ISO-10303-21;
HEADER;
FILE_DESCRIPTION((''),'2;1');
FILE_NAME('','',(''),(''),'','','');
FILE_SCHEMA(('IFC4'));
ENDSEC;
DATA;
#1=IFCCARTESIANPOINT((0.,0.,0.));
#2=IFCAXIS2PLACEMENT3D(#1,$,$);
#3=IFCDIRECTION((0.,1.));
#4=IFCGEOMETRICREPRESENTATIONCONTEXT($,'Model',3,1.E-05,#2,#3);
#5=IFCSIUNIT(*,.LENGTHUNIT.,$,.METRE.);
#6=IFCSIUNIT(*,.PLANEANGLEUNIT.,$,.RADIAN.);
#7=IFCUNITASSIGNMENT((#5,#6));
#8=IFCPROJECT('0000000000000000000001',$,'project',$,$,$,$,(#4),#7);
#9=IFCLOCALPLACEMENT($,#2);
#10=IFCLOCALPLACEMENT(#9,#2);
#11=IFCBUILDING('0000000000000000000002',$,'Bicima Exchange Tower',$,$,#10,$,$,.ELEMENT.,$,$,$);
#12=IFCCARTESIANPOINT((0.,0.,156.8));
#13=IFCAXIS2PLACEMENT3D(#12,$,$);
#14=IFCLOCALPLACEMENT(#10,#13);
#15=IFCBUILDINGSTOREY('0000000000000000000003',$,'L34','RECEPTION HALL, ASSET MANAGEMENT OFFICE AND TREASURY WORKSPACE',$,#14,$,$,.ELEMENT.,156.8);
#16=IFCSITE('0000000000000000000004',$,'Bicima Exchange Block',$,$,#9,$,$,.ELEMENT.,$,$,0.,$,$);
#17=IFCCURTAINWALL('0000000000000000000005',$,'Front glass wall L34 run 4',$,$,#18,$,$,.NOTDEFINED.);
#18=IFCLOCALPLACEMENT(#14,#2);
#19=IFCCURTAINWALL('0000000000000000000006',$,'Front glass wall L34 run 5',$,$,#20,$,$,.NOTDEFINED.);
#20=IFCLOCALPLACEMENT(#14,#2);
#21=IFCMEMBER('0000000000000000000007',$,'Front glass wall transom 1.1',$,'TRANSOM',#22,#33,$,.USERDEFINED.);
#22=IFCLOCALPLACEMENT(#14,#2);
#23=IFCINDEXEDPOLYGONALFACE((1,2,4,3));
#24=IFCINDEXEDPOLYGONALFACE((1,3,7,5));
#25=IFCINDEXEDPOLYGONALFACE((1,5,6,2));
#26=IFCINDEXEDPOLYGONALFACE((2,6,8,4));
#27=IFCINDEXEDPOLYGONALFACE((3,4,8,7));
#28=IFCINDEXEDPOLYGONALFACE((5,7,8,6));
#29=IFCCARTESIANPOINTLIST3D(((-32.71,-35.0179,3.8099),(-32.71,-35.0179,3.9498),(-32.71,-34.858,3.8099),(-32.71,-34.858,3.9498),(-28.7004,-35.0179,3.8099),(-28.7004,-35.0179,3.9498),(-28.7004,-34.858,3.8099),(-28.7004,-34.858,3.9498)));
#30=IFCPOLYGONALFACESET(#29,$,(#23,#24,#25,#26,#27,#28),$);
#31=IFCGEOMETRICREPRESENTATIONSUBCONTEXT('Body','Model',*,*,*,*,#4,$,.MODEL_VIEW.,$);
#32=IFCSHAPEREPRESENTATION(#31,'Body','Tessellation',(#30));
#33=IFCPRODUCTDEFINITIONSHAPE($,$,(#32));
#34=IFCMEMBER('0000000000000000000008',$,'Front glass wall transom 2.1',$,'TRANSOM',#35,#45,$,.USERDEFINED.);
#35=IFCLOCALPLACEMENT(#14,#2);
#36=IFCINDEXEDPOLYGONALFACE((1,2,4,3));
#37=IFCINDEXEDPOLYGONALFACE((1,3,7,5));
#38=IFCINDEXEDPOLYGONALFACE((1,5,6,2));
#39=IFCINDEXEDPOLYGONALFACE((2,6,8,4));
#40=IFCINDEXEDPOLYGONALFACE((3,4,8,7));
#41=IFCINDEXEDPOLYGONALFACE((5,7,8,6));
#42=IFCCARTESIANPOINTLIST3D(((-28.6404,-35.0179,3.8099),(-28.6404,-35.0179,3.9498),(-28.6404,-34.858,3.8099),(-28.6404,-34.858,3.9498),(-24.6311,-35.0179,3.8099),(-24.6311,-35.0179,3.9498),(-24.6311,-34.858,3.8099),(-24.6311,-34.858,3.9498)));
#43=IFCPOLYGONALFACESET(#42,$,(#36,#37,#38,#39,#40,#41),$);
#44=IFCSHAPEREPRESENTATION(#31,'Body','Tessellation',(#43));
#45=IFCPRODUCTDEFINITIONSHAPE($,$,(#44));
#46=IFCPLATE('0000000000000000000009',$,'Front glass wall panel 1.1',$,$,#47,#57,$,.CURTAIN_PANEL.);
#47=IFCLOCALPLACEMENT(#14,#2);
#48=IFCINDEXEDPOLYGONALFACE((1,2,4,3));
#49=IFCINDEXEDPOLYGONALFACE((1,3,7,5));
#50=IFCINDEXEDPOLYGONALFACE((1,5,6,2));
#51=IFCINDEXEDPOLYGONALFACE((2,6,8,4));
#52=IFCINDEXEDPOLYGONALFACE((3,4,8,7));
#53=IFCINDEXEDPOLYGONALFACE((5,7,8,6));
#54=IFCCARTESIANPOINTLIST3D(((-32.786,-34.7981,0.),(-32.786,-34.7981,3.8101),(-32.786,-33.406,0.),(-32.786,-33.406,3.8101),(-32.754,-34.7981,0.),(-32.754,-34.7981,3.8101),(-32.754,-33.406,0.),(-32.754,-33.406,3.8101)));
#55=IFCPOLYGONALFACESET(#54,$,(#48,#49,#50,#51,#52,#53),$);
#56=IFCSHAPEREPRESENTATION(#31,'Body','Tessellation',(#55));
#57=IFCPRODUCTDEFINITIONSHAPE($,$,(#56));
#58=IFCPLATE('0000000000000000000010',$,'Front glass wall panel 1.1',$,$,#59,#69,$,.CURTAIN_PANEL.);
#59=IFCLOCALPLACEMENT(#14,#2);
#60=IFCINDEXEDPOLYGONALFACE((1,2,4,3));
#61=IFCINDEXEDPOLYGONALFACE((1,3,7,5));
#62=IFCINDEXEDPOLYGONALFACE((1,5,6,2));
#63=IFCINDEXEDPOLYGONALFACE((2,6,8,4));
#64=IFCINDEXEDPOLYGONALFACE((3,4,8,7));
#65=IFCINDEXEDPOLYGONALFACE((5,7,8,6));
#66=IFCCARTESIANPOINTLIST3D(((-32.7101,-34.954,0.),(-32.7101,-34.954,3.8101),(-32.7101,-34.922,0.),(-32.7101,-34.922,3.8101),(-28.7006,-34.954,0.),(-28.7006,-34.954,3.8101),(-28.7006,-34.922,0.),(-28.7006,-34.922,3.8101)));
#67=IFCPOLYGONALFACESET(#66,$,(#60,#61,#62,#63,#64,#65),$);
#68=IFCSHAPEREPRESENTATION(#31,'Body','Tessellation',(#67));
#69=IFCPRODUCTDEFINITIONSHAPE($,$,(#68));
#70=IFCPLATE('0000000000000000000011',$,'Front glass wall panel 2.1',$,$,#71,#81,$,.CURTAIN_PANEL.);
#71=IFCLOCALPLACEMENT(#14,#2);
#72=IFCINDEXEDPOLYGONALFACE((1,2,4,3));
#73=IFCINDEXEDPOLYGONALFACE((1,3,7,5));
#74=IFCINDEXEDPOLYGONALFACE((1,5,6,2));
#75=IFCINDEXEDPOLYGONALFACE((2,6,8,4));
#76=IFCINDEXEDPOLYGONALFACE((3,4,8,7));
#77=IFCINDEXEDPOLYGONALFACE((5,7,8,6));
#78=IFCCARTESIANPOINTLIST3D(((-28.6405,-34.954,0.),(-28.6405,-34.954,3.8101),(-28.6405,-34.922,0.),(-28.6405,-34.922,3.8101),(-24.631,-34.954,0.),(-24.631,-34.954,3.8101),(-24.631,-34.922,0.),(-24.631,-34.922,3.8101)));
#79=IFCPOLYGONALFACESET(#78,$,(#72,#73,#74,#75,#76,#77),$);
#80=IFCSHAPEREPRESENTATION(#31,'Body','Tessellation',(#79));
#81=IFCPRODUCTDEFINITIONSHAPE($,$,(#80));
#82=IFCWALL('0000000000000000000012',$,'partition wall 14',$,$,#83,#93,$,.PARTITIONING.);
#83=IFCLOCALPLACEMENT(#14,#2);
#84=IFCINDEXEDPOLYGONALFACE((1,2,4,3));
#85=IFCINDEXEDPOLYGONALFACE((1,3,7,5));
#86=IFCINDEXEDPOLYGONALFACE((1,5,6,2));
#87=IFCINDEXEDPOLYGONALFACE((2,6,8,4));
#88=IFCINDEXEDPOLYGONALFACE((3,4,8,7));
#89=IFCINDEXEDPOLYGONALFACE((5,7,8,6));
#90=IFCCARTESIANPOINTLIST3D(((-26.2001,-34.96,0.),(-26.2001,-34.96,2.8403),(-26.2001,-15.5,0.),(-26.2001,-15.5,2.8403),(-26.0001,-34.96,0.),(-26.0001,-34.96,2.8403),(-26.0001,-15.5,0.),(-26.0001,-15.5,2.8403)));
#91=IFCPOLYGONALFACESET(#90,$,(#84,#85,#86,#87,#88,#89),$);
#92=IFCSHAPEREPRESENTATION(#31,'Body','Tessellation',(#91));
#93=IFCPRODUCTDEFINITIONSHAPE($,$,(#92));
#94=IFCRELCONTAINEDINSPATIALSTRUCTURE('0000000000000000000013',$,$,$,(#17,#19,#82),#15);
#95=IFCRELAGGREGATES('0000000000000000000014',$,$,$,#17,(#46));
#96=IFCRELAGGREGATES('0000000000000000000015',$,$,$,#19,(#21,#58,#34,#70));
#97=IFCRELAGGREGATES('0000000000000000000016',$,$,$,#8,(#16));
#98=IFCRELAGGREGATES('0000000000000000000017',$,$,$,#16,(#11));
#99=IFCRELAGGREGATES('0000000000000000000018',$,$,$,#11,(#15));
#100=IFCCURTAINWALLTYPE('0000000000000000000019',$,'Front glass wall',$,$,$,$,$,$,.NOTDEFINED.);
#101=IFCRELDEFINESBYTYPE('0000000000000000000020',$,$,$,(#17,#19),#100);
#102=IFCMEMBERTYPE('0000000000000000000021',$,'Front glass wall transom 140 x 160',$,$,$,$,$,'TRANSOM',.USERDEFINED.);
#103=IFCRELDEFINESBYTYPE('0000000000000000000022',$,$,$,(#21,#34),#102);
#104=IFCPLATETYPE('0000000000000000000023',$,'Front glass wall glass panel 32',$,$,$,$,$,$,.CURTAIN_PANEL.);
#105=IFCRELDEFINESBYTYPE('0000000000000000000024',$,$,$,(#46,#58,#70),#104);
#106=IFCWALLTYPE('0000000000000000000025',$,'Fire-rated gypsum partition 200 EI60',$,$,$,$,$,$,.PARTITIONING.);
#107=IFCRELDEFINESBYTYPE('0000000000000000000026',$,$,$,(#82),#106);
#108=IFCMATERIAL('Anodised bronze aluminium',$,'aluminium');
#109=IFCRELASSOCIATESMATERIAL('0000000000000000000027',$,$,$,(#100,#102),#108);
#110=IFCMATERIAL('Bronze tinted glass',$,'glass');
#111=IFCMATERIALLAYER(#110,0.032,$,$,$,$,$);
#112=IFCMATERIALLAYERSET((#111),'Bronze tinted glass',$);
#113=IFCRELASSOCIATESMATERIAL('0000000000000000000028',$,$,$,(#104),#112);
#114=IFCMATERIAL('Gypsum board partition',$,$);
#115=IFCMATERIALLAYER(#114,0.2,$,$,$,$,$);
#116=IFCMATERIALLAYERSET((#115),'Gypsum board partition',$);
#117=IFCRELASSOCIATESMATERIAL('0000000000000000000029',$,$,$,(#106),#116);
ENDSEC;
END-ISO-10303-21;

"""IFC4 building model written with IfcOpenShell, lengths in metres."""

from ifc_helpers import new_model, si_unit, direction, frame, frame_2d, origin, origin_2d, place, context, subcontext, project, spatial, rectangle, extrude, material, layer, layer_set, material_profile, profile_set, type_object, element, aggregate, save


model = new_model("IFC4")

# Units and contexts
model_context = context("Model", 3, precision=1e-05, world=origin(), true_north=direction((0.0, 1.0)))
body_context = subcontext(model_context, "Body", "Model", "MODEL_VIEW")
ifc_project = project(units=[si_unit("LENGTHUNIT", "METRE"), si_unit("PLANEANGLEUNIT", "RADIAN")], contexts=[model_context])

# Site, building, storey
site_placement = place(None, origin())
site = spatial("IfcSite", under=ifc_project, at=site_placement, Name="Bicima Exchange Block", CompositionType="ELEMENT", RefElevation=0.0)
building_placement = place(site_placement, origin())
building = spatial("IfcBuilding", under=site, at=building_placement, Name="Bicima Exchange Tower", CompositionType="ELEMENT")
storey_placement = place(building_placement, frame((0.0, 0.0, 156.8)))
storey = spatial("IfcBuildingStorey", under=building, at=storey_placement, Name="L34", Description="RECEPTION HALL, ASSET MANAGEMENT OFFICE AND TREASURY WORKSPACE", CompositionType="ELEMENT", Elevation=156.8)

# Shared definitions
ifc_material_1 = material(Name="Anodised bronze aluminium", Category="aluminium")
curtain_wall_type = type_object("IfcCurtainWallType", Name="Front glass wall", PredefinedType="NOTDEFINED", material=ifc_material_1)

# Curtain walls
curtain_wall_1_placement = place(storey_placement, origin())
curtain_wall_1 = element("IfcCurtainWall", 1, at=curtain_wall_1_placement, inside=storey, type_object=curtain_wall_type, Name="Front glass wall L34 run 4", PredefinedType="NOTDEFINED")
curtain_wall_2_placement = place(storey_placement, origin())
curtain_wall_2 = element("IfcCurtainWall", 2, at=curtain_wall_2_placement, inside=storey, type_object=curtain_wall_type, Name="Front glass wall L34 run 5", PredefinedType="NOTDEFINED")

# Members
ifc_material_profile_1 = material_profile(ifc_material_1, rectangle(XDim=0.1599, YDim=0.1399, at=origin_2d()))
ifc_profile_set_1 = profile_set([ifc_material_profile_1], Name="Anodised bronze aluminium")
member_type_1 = type_object("IfcMemberType", Name="Front glass wall transom 140 x 160", ElementType="TRANSOM", PredefinedType="USERDEFINED", material=ifc_profile_set_1)
member_1_placement = place(storey_placement, frame((-32.71, -34.938, 3.8799), z_axis=(1.0, 0.0, 0.0), x_axis=(0.0, 1.0, 0.0)))
member_1 = element("IfcMember", 3, at=member_1_placement, type_object=member_type_1, Name="Front glass wall transom 1.1", ObjectType="TRANSOM", PredefinedType="USERDEFINED", context=body_context, shape_type="SweptSolid", body=[
    extrude(rectangle(XDim=0.1599, YDim=0.1399, at=origin_2d()), origin(), (0.0, 0.0, 1.0), 4.0095),
])
member_2_placement = place(storey_placement, frame((-28.6404, -34.938, 3.8799), z_axis=(1.0, 0.0, 0.0), x_axis=(0.0, 1.0, 0.0)))
member_2 = element("IfcMember", 4, at=member_2_placement, type_object=member_type_1, Name="Front glass wall transom 2.1", ObjectType="TRANSOM", PredefinedType="USERDEFINED", context=body_context, shape_type="SweptSolid", body=[
    extrude(rectangle(XDim=0.1599, YDim=0.1399, at=origin_2d()), origin(), (0.0, 0.0, 1.0), 4.0093),
])

# Plates
ifc_material_2 = material(Name="Bronze tinted glass", Category="glass")
ifc_layer_1 = layer(ifc_material_2, 0.032)
ifc_layer_set_1 = layer_set([ifc_layer_1], Name="Bronze tinted glass")
plate_type = type_object("IfcPlateType", Name="Front glass wall glass panel 32", PredefinedType="CURTAIN_PANEL", material=ifc_layer_set_1)
plate_1_placement = place(storey_placement, frame((-32.77, -34.1021, 0.0), z_axis=(0.0, 0.0, 1.0), x_axis=(0.0, -1.0, 0.0)))
plate_1 = element("IfcPlate", 5, at=plate_1_placement, type_object=plate_type, Name="Front glass wall panel 1.1", PredefinedType="CURTAIN_PANEL", context=body_context, shape_type="SweptSolid", body=[
    extrude(rectangle(XDim=1.3921, YDim=0.032, at=origin_2d()), origin(), (0.0, 0.0, 1.0), 3.8101),
])
aggregate(curtain_wall_1, [plate_1])
plate_2_placement = place(storey_placement, frame((-30.7053, -34.938, 0.0), z_axis=(0.0, 0.0, 1.0), x_axis=(1.0, 0.0, 0.0)))
plate_2 = element("IfcPlate", 6, at=plate_2_placement, type_object=plate_type, Name="Front glass wall panel 1.1", PredefinedType="CURTAIN_PANEL", context=body_context, shape_type="SweptSolid", body=[
    extrude(rectangle(XDim=4.0095, YDim=0.032, at=origin_2d()), origin(), (0.0, 0.0, 1.0), 3.8101),
])
plate_3_placement = place(storey_placement, frame((-26.6357, -34.938, 0.0), z_axis=(0.0, 0.0, 1.0), x_axis=(1.0, 0.0, 0.0)))
plate_3 = element("IfcPlate", 7, at=plate_3_placement, type_object=plate_type, Name="Front glass wall panel 2.1", PredefinedType="CURTAIN_PANEL", context=body_context, shape_type="SweptSolid", body=[
    extrude(rectangle(XDim=4.0095, YDim=0.032, at=origin_2d()), origin(), (0.0, 0.0, 1.0), 3.8101),
])
aggregate(curtain_wall_2, [member_1, plate_2, member_2, plate_3])

# Wall
ifc_material_3 = material(Name="Gypsum board partition")
ifc_layer_2 = layer(ifc_material_3, 0.2)
ifc_layer_set_2 = layer_set([ifc_layer_2], Name="Gypsum board partition")
wall_type = type_object("IfcWallType", Name="Fire-rated gypsum partition 200 EI60", PredefinedType="PARTITIONING", material=ifc_layer_set_2)
wall_placement = place(storey_placement, frame((-26.1001, -34.96, 0.0), z_axis=(0.0, 0.0, 1.0), x_axis=(0.0, 1.0, 0.0)))
element("IfcWall", 8, at=wall_placement, inside=storey, type_object=wall_type, Name="partition wall 14", PredefinedType="PARTITIONING", context=body_context, shape_type="SweptSolid", body=[
    extrude(rectangle(XDim=19.46, YDim=0.2, at=frame_2d((9.73, 0.0))), origin(), (0.0, 0.0, 1.0), 2.8403),
])

save(model, "model.ifc")
